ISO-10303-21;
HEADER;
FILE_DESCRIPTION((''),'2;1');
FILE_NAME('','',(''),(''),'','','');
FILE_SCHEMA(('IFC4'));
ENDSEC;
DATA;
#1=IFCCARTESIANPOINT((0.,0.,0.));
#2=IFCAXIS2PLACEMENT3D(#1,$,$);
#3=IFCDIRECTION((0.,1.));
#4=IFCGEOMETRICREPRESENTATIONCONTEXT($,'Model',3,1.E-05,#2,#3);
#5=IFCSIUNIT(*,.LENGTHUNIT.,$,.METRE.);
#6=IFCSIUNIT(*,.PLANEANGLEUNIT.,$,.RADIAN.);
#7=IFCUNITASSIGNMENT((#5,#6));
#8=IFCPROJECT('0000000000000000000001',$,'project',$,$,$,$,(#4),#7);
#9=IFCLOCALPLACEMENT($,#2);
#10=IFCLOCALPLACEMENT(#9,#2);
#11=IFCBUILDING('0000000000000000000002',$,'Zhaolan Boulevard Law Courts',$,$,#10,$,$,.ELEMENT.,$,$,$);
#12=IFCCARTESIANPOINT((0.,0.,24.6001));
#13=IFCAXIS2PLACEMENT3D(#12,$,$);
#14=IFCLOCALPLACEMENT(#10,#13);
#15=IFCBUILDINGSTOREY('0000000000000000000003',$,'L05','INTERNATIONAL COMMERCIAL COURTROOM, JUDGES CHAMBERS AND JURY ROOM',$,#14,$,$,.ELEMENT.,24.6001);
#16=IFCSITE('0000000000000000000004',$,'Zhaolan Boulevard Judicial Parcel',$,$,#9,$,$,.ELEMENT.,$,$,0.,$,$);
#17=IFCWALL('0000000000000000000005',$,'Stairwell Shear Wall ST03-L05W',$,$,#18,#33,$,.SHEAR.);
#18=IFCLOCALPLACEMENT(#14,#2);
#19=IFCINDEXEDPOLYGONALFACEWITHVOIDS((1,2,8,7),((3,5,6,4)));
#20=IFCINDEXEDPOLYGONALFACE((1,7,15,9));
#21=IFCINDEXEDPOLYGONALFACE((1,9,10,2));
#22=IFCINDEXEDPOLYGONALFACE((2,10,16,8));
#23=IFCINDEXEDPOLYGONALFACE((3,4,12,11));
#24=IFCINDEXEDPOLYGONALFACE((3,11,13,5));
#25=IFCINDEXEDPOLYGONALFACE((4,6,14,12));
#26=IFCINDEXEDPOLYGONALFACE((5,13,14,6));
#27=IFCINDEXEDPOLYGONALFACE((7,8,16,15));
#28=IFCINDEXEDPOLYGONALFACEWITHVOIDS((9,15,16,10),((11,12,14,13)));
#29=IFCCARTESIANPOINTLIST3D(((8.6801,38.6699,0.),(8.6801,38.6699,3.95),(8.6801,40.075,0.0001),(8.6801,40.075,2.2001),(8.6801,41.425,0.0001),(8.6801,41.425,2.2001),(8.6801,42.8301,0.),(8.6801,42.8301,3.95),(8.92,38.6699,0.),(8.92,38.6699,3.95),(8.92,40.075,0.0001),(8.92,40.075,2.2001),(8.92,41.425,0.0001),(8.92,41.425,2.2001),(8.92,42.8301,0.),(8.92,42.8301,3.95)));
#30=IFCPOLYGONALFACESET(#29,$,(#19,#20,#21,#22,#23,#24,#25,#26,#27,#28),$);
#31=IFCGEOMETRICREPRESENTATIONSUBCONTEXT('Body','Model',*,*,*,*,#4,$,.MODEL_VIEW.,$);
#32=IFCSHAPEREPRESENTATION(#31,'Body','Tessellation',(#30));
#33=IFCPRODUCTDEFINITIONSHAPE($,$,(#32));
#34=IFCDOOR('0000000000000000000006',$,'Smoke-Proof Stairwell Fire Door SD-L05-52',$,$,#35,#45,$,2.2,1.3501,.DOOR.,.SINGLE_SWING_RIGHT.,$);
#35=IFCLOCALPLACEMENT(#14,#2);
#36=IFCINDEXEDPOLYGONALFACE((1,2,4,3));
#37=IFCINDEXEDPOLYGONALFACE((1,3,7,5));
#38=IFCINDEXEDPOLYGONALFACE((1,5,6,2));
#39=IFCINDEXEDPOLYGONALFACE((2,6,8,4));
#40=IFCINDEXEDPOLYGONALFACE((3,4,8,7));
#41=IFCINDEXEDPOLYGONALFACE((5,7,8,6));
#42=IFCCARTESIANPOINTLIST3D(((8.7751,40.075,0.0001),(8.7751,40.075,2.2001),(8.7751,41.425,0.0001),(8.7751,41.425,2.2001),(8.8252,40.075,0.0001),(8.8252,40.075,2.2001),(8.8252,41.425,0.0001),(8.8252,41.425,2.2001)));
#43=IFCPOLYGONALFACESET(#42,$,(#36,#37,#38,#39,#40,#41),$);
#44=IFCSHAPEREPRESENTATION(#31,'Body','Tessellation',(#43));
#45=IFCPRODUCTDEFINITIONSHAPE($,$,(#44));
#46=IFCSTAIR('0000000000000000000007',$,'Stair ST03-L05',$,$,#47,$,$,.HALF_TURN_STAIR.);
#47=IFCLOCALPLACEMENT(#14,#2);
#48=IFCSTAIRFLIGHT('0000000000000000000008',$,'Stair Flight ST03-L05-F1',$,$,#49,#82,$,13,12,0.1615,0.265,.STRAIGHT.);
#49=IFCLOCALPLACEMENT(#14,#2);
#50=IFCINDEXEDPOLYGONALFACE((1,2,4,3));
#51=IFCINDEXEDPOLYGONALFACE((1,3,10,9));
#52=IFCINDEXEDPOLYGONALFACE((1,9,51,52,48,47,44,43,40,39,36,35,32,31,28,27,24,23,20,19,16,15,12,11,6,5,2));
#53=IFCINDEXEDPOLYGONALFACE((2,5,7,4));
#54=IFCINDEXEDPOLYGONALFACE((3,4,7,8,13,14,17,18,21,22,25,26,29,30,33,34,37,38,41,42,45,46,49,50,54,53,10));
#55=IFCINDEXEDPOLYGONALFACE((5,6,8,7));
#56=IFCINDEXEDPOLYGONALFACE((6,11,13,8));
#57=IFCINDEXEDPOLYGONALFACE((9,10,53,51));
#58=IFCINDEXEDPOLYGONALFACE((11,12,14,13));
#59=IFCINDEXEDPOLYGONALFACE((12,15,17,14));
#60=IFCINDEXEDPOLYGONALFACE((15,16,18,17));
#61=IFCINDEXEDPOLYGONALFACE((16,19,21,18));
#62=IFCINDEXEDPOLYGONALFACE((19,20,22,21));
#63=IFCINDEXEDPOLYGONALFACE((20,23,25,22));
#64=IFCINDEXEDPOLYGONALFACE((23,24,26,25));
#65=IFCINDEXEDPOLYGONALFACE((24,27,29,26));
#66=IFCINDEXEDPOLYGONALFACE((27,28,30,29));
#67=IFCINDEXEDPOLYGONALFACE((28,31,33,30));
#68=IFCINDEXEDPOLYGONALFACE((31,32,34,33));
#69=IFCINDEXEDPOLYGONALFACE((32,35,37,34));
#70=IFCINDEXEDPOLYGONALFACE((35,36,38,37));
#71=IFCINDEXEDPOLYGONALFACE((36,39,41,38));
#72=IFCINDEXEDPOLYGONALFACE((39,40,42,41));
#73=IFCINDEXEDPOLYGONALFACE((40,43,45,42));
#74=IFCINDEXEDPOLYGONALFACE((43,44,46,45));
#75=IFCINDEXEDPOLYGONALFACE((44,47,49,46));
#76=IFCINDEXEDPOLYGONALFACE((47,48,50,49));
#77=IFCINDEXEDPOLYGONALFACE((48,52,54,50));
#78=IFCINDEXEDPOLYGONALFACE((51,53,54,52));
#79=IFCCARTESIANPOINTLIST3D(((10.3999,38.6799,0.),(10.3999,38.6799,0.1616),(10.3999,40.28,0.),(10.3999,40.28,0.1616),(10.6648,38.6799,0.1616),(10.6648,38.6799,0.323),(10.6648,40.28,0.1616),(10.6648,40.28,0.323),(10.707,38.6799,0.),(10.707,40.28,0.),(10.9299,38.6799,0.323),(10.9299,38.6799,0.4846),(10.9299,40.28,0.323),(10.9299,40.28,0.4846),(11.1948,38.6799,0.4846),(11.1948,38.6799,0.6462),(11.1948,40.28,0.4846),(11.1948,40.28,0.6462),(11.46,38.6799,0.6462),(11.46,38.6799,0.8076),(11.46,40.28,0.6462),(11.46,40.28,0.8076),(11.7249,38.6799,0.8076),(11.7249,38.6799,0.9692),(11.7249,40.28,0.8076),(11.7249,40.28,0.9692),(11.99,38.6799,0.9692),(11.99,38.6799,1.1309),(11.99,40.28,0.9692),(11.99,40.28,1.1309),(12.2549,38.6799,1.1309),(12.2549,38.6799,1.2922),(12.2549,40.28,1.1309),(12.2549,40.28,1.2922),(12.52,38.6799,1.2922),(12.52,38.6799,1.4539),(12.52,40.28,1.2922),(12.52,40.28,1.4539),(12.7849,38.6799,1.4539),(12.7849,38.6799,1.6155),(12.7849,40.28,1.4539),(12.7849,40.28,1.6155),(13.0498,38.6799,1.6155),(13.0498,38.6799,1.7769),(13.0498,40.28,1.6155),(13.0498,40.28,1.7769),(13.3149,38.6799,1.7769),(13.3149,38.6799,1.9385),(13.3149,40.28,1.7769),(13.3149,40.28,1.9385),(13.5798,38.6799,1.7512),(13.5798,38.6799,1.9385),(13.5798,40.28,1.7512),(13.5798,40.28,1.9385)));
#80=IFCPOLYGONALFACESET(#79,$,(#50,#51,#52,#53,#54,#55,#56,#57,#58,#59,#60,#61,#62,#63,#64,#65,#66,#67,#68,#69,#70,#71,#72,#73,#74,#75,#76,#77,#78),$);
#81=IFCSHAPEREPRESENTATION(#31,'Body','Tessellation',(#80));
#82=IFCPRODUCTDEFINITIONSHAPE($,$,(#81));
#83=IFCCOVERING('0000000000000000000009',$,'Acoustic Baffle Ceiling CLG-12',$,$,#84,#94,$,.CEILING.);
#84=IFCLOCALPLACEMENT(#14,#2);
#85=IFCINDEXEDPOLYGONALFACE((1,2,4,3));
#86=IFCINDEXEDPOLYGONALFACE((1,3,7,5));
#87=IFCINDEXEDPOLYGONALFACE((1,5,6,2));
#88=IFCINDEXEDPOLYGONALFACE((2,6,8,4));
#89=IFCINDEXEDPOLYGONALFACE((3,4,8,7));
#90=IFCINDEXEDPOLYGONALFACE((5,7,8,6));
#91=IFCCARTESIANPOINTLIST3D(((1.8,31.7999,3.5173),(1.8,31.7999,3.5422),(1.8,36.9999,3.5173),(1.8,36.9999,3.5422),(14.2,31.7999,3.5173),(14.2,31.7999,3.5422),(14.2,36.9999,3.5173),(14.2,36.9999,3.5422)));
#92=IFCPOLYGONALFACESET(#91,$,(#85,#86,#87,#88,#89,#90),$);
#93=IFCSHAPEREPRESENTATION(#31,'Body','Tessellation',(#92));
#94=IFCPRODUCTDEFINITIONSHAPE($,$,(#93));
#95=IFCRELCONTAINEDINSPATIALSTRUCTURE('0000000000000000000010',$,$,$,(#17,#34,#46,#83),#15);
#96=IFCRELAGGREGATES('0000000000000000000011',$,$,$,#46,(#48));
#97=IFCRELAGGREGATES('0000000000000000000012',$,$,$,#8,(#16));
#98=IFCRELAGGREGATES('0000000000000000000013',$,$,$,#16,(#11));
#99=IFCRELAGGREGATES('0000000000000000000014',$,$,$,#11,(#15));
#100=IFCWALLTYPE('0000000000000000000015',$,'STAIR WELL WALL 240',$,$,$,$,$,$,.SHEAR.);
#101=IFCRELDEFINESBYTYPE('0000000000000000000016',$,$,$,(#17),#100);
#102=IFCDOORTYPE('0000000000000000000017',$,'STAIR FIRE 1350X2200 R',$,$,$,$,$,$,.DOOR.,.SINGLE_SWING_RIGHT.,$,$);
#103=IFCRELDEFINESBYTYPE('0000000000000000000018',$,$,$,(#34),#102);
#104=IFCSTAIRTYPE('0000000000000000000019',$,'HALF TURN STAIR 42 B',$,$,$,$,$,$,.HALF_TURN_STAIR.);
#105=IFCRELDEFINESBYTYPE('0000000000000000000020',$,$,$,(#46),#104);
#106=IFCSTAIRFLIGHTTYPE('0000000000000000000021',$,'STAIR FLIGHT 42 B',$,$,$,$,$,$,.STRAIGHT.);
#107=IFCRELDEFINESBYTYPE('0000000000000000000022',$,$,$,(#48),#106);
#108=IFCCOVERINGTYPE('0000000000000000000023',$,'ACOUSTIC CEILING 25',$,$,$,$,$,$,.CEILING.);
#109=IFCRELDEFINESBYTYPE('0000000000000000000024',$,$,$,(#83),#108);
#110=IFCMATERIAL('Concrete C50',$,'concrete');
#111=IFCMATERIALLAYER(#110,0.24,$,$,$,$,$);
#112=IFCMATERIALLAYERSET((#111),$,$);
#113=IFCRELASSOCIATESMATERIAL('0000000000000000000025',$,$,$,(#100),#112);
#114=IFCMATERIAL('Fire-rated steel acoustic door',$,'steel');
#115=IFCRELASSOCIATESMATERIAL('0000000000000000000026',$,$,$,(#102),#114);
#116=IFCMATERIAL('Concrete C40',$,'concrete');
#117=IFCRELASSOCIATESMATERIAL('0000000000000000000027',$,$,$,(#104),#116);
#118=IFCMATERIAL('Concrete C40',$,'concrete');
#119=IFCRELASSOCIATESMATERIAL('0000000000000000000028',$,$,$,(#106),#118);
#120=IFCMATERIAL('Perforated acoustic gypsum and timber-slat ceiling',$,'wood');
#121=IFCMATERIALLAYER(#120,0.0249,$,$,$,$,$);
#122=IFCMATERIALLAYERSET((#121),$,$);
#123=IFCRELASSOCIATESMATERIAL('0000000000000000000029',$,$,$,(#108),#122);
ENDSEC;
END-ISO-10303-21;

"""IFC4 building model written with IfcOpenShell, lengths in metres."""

from ifc_helpers import new_model, si_unit, direction, frame, frame_2d, origin, origin_2d, place, context, subcontext, project, spatial, polyline, rectangle, outline, extrude, material, layer, layer_set, type_object, element, fill, aggregate, save


model = new_model("IFC4")

# Units and contexts
model_context = context("Model", 3, precision=1e-05, world=origin(), true_north=direction((0.0, 1.0)))
body_context = subcontext(model_context, "Body", "Model", "MODEL_VIEW")
ifc_project = project(units=[si_unit("LENGTHUNIT", "METRE"), si_unit("PLANEANGLEUNIT", "RADIAN")], contexts=[model_context])

# Site, building, storey
site_placement = place(None, origin())
site = spatial("IfcSite", under=ifc_project, at=site_placement, Name="Zhaolan Boulevard Judicial Parcel", CompositionType="ELEMENT", RefElevation=0.0)
building_placement = place(site_placement, origin())
building = spatial("IfcBuilding", under=site, at=building_placement, Name="Zhaolan Boulevard Law Courts", CompositionType="ELEMENT")
storey_placement = place(building_placement, frame((0.0, 0.0, 24.6001)))
storey = spatial("IfcBuildingStorey", under=building, at=storey_placement, Name="L05", Description="INTERNATIONAL COMMERCIAL COURTROOM, JUDGES CHAMBERS AND JURY ROOM", CompositionType="ELEMENT", Elevation=24.6001)

# Shared definitions
ifc_material_1 = material(Name="Concrete C50", Category="concrete")
ifc_layer_1 = layer(ifc_material_1, 0.24)
ifc_layer_set_1 = layer_set([ifc_layer_1])
wall_type_1 = type_object("IfcWallType", Name="STAIR WELL WALL 240", PredefinedType="SHEAR", material=ifc_layer_set_1)

# Wall, opening, door
wall_1_placement = place(storey_placement, frame((8.8, 38.6699, 0.0), z_axis=(0.0, 0.0, 1.0), x_axis=(0.0, 1.0, 0.0)))
wall_1 = element("IfcWall", 1, at=wall_1_placement, inside=storey, type_object=wall_type_1, Name="Stairwell Shear Wall ST03-L05W", PredefinedType="SHEAR", context=body_context, shape_type="SweptSolid", body=[
    extrude(rectangle(XDim=4.1602, YDim=0.24, at=frame_2d((2.0801, 0.0))), origin(), (0.0, 0.0, 1.0), 3.95),
])
opening_placement = place(wall_1_placement, frame((1.405, 0.0, 0.0)))
opening = element("IfcOpeningElement", 2, at=opening_placement, cuts=wall_1, PredefinedType="OPENING", context=body_context, shape_type="SweptSolid", body=[
    extrude(rectangle(XDim=1.3501, YDim=2.2, at=frame_2d((0.675, 1.1001))), frame((0.0, 0.1299, 0.0), z_axis=(0.0, -1.0, 0.0), x_axis=(1.0, 0.0, 0.0)), (0.0, 0.0, 1.0), 0.26),
])
ifc_material_2 = material(Name="Fire-rated steel acoustic door", Category="steel")
door_type = type_object("IfcDoorType", Name="STAIR FIRE 1350X2200 R", OperationType="SINGLE_SWING_RIGHT", PredefinedType="DOOR", material=ifc_material_2)
door_placement = place(opening_placement, origin())
door = element("IfcDoor", 3, at=door_placement, inside=storey, type_object=door_type, Name="Smoke-Proof Stairwell Fire Door SD-L05-52", OperationType="SINGLE_SWING_RIGHT", OverallHeight=2.2, OverallWidth=1.3501, PredefinedType="DOOR", context=body_context, shape_type="SweptSolid", body=[
    extrude(rectangle(XDim=1.3501, YDim=2.2, at=frame_2d((0.675, 1.1001))), frame((0.0, 0.0249, 0.0), z_axis=(0.0, -1.0, 0.0), x_axis=(1.0, 0.0, 0.0)), (0.0, 0.0, 1.0), 0.05),
])
fill(opening, door)

# Stair, stair flight
ifc_material_3 = material(Name="Concrete C40", Category="concrete")
stair_type = type_object("IfcStairType", Name="HALF TURN STAIR 42 B", PredefinedType="HALF_TURN_STAIR", material=ifc_material_3)
stair_placement = place(storey_placement, origin())
stair = element("IfcStair", 4, at=stair_placement, inside=storey, type_object=stair_type, Name="Stair ST03-L05", PredefinedType="HALF_TURN_STAIR")
ifc_material_4 = material(Name="Concrete C40", Category="concrete")
stair_flight_type = type_object("IfcStairFlightType", Name="STAIR FLIGHT 42 B", PredefinedType="STRAIGHT", material=ifc_material_4)
stair_flight_placement = place(storey_placement, frame((10.3999, 39.48, 0.0), z_axis=(0.0, 0.0, 1.0), x_axis=(1.0, 0.0, 0.0)))
stair_flight = element("IfcStairFlight", 5, at=stair_flight_placement, type_object=stair_flight_type, Name="Stair Flight ST03-L05-F1", NumberOfRisers=13, NumberOfTreads=12, PredefinedType="STRAIGHT", RiserHeight=0.1615, TreadLength=0.265, context=body_context, shape_type="SweptSolid", body=[
    extrude(outline(polyline([(0.0, 0.0), (0.0, 0.1616), (0.2649, 0.1616), (0.2649, 0.323), (0.53, 0.323), (0.53, 0.4846), (0.7949, 0.4846), (0.7949, 0.6462), (1.0601, 0.6462), (1.0601, 0.8076), (1.325, 0.8076), (1.325, 0.9692), (1.5901, 0.9692), (1.5901, 1.1309), (1.855, 1.1309), (1.855, 1.2922), (2.1201, 1.2922), (2.1201, 1.4539), (2.385, 1.4539), (2.385, 1.6155), (2.6499, 1.6155), (2.6499, 1.7769), (2.915, 1.7769), (2.915, 1.9385), (3.1799, 1.9385), (3.1799, 2.1001), (3.1799, 1.7512), (0.3071, 0.0), (0.0, 0.0)])), frame((0.0, 0.8, 0.0), z_axis=(0.0, -1.0, 0.0), x_axis=(1.0, 0.0, 0.0)), (0.0, 0.0, 1.0), 1.6001),
])
aggregate(stair, [stair_flight])

# Covering
ifc_material_5 = material(Name="Perforated acoustic gypsum and timber-slat ceiling", Category="wood")
ifc_layer_2 = layer(ifc_material_5, 0.0249)
ifc_layer_set_2 = layer_set([ifc_layer_2])
covering_type = type_object("IfcCoveringType", Name="ACOUSTIC CEILING 25", PredefinedType="CEILING", material=ifc_layer_set_2)
covering_placement = place(storey_placement, frame((8.0, 34.3999, 3.5173), z_axis=(0.0, 0.0, 1.0), x_axis=(1.0, 0.0, 0.0)))
element("IfcCovering", 6, at=covering_placement, inside=storey, type_object=covering_type, Name="Acoustic Baffle Ceiling CLG-12", PredefinedType="CEILING", context=body_context, shape_type="SweptSolid", body=[
    extrude(rectangle(XDim=12.3999, YDim=5.2, at=origin_2d()), origin(), (0.0, 0.0, 1.0), 0.0249),
])

save(model, "model.ifc")
